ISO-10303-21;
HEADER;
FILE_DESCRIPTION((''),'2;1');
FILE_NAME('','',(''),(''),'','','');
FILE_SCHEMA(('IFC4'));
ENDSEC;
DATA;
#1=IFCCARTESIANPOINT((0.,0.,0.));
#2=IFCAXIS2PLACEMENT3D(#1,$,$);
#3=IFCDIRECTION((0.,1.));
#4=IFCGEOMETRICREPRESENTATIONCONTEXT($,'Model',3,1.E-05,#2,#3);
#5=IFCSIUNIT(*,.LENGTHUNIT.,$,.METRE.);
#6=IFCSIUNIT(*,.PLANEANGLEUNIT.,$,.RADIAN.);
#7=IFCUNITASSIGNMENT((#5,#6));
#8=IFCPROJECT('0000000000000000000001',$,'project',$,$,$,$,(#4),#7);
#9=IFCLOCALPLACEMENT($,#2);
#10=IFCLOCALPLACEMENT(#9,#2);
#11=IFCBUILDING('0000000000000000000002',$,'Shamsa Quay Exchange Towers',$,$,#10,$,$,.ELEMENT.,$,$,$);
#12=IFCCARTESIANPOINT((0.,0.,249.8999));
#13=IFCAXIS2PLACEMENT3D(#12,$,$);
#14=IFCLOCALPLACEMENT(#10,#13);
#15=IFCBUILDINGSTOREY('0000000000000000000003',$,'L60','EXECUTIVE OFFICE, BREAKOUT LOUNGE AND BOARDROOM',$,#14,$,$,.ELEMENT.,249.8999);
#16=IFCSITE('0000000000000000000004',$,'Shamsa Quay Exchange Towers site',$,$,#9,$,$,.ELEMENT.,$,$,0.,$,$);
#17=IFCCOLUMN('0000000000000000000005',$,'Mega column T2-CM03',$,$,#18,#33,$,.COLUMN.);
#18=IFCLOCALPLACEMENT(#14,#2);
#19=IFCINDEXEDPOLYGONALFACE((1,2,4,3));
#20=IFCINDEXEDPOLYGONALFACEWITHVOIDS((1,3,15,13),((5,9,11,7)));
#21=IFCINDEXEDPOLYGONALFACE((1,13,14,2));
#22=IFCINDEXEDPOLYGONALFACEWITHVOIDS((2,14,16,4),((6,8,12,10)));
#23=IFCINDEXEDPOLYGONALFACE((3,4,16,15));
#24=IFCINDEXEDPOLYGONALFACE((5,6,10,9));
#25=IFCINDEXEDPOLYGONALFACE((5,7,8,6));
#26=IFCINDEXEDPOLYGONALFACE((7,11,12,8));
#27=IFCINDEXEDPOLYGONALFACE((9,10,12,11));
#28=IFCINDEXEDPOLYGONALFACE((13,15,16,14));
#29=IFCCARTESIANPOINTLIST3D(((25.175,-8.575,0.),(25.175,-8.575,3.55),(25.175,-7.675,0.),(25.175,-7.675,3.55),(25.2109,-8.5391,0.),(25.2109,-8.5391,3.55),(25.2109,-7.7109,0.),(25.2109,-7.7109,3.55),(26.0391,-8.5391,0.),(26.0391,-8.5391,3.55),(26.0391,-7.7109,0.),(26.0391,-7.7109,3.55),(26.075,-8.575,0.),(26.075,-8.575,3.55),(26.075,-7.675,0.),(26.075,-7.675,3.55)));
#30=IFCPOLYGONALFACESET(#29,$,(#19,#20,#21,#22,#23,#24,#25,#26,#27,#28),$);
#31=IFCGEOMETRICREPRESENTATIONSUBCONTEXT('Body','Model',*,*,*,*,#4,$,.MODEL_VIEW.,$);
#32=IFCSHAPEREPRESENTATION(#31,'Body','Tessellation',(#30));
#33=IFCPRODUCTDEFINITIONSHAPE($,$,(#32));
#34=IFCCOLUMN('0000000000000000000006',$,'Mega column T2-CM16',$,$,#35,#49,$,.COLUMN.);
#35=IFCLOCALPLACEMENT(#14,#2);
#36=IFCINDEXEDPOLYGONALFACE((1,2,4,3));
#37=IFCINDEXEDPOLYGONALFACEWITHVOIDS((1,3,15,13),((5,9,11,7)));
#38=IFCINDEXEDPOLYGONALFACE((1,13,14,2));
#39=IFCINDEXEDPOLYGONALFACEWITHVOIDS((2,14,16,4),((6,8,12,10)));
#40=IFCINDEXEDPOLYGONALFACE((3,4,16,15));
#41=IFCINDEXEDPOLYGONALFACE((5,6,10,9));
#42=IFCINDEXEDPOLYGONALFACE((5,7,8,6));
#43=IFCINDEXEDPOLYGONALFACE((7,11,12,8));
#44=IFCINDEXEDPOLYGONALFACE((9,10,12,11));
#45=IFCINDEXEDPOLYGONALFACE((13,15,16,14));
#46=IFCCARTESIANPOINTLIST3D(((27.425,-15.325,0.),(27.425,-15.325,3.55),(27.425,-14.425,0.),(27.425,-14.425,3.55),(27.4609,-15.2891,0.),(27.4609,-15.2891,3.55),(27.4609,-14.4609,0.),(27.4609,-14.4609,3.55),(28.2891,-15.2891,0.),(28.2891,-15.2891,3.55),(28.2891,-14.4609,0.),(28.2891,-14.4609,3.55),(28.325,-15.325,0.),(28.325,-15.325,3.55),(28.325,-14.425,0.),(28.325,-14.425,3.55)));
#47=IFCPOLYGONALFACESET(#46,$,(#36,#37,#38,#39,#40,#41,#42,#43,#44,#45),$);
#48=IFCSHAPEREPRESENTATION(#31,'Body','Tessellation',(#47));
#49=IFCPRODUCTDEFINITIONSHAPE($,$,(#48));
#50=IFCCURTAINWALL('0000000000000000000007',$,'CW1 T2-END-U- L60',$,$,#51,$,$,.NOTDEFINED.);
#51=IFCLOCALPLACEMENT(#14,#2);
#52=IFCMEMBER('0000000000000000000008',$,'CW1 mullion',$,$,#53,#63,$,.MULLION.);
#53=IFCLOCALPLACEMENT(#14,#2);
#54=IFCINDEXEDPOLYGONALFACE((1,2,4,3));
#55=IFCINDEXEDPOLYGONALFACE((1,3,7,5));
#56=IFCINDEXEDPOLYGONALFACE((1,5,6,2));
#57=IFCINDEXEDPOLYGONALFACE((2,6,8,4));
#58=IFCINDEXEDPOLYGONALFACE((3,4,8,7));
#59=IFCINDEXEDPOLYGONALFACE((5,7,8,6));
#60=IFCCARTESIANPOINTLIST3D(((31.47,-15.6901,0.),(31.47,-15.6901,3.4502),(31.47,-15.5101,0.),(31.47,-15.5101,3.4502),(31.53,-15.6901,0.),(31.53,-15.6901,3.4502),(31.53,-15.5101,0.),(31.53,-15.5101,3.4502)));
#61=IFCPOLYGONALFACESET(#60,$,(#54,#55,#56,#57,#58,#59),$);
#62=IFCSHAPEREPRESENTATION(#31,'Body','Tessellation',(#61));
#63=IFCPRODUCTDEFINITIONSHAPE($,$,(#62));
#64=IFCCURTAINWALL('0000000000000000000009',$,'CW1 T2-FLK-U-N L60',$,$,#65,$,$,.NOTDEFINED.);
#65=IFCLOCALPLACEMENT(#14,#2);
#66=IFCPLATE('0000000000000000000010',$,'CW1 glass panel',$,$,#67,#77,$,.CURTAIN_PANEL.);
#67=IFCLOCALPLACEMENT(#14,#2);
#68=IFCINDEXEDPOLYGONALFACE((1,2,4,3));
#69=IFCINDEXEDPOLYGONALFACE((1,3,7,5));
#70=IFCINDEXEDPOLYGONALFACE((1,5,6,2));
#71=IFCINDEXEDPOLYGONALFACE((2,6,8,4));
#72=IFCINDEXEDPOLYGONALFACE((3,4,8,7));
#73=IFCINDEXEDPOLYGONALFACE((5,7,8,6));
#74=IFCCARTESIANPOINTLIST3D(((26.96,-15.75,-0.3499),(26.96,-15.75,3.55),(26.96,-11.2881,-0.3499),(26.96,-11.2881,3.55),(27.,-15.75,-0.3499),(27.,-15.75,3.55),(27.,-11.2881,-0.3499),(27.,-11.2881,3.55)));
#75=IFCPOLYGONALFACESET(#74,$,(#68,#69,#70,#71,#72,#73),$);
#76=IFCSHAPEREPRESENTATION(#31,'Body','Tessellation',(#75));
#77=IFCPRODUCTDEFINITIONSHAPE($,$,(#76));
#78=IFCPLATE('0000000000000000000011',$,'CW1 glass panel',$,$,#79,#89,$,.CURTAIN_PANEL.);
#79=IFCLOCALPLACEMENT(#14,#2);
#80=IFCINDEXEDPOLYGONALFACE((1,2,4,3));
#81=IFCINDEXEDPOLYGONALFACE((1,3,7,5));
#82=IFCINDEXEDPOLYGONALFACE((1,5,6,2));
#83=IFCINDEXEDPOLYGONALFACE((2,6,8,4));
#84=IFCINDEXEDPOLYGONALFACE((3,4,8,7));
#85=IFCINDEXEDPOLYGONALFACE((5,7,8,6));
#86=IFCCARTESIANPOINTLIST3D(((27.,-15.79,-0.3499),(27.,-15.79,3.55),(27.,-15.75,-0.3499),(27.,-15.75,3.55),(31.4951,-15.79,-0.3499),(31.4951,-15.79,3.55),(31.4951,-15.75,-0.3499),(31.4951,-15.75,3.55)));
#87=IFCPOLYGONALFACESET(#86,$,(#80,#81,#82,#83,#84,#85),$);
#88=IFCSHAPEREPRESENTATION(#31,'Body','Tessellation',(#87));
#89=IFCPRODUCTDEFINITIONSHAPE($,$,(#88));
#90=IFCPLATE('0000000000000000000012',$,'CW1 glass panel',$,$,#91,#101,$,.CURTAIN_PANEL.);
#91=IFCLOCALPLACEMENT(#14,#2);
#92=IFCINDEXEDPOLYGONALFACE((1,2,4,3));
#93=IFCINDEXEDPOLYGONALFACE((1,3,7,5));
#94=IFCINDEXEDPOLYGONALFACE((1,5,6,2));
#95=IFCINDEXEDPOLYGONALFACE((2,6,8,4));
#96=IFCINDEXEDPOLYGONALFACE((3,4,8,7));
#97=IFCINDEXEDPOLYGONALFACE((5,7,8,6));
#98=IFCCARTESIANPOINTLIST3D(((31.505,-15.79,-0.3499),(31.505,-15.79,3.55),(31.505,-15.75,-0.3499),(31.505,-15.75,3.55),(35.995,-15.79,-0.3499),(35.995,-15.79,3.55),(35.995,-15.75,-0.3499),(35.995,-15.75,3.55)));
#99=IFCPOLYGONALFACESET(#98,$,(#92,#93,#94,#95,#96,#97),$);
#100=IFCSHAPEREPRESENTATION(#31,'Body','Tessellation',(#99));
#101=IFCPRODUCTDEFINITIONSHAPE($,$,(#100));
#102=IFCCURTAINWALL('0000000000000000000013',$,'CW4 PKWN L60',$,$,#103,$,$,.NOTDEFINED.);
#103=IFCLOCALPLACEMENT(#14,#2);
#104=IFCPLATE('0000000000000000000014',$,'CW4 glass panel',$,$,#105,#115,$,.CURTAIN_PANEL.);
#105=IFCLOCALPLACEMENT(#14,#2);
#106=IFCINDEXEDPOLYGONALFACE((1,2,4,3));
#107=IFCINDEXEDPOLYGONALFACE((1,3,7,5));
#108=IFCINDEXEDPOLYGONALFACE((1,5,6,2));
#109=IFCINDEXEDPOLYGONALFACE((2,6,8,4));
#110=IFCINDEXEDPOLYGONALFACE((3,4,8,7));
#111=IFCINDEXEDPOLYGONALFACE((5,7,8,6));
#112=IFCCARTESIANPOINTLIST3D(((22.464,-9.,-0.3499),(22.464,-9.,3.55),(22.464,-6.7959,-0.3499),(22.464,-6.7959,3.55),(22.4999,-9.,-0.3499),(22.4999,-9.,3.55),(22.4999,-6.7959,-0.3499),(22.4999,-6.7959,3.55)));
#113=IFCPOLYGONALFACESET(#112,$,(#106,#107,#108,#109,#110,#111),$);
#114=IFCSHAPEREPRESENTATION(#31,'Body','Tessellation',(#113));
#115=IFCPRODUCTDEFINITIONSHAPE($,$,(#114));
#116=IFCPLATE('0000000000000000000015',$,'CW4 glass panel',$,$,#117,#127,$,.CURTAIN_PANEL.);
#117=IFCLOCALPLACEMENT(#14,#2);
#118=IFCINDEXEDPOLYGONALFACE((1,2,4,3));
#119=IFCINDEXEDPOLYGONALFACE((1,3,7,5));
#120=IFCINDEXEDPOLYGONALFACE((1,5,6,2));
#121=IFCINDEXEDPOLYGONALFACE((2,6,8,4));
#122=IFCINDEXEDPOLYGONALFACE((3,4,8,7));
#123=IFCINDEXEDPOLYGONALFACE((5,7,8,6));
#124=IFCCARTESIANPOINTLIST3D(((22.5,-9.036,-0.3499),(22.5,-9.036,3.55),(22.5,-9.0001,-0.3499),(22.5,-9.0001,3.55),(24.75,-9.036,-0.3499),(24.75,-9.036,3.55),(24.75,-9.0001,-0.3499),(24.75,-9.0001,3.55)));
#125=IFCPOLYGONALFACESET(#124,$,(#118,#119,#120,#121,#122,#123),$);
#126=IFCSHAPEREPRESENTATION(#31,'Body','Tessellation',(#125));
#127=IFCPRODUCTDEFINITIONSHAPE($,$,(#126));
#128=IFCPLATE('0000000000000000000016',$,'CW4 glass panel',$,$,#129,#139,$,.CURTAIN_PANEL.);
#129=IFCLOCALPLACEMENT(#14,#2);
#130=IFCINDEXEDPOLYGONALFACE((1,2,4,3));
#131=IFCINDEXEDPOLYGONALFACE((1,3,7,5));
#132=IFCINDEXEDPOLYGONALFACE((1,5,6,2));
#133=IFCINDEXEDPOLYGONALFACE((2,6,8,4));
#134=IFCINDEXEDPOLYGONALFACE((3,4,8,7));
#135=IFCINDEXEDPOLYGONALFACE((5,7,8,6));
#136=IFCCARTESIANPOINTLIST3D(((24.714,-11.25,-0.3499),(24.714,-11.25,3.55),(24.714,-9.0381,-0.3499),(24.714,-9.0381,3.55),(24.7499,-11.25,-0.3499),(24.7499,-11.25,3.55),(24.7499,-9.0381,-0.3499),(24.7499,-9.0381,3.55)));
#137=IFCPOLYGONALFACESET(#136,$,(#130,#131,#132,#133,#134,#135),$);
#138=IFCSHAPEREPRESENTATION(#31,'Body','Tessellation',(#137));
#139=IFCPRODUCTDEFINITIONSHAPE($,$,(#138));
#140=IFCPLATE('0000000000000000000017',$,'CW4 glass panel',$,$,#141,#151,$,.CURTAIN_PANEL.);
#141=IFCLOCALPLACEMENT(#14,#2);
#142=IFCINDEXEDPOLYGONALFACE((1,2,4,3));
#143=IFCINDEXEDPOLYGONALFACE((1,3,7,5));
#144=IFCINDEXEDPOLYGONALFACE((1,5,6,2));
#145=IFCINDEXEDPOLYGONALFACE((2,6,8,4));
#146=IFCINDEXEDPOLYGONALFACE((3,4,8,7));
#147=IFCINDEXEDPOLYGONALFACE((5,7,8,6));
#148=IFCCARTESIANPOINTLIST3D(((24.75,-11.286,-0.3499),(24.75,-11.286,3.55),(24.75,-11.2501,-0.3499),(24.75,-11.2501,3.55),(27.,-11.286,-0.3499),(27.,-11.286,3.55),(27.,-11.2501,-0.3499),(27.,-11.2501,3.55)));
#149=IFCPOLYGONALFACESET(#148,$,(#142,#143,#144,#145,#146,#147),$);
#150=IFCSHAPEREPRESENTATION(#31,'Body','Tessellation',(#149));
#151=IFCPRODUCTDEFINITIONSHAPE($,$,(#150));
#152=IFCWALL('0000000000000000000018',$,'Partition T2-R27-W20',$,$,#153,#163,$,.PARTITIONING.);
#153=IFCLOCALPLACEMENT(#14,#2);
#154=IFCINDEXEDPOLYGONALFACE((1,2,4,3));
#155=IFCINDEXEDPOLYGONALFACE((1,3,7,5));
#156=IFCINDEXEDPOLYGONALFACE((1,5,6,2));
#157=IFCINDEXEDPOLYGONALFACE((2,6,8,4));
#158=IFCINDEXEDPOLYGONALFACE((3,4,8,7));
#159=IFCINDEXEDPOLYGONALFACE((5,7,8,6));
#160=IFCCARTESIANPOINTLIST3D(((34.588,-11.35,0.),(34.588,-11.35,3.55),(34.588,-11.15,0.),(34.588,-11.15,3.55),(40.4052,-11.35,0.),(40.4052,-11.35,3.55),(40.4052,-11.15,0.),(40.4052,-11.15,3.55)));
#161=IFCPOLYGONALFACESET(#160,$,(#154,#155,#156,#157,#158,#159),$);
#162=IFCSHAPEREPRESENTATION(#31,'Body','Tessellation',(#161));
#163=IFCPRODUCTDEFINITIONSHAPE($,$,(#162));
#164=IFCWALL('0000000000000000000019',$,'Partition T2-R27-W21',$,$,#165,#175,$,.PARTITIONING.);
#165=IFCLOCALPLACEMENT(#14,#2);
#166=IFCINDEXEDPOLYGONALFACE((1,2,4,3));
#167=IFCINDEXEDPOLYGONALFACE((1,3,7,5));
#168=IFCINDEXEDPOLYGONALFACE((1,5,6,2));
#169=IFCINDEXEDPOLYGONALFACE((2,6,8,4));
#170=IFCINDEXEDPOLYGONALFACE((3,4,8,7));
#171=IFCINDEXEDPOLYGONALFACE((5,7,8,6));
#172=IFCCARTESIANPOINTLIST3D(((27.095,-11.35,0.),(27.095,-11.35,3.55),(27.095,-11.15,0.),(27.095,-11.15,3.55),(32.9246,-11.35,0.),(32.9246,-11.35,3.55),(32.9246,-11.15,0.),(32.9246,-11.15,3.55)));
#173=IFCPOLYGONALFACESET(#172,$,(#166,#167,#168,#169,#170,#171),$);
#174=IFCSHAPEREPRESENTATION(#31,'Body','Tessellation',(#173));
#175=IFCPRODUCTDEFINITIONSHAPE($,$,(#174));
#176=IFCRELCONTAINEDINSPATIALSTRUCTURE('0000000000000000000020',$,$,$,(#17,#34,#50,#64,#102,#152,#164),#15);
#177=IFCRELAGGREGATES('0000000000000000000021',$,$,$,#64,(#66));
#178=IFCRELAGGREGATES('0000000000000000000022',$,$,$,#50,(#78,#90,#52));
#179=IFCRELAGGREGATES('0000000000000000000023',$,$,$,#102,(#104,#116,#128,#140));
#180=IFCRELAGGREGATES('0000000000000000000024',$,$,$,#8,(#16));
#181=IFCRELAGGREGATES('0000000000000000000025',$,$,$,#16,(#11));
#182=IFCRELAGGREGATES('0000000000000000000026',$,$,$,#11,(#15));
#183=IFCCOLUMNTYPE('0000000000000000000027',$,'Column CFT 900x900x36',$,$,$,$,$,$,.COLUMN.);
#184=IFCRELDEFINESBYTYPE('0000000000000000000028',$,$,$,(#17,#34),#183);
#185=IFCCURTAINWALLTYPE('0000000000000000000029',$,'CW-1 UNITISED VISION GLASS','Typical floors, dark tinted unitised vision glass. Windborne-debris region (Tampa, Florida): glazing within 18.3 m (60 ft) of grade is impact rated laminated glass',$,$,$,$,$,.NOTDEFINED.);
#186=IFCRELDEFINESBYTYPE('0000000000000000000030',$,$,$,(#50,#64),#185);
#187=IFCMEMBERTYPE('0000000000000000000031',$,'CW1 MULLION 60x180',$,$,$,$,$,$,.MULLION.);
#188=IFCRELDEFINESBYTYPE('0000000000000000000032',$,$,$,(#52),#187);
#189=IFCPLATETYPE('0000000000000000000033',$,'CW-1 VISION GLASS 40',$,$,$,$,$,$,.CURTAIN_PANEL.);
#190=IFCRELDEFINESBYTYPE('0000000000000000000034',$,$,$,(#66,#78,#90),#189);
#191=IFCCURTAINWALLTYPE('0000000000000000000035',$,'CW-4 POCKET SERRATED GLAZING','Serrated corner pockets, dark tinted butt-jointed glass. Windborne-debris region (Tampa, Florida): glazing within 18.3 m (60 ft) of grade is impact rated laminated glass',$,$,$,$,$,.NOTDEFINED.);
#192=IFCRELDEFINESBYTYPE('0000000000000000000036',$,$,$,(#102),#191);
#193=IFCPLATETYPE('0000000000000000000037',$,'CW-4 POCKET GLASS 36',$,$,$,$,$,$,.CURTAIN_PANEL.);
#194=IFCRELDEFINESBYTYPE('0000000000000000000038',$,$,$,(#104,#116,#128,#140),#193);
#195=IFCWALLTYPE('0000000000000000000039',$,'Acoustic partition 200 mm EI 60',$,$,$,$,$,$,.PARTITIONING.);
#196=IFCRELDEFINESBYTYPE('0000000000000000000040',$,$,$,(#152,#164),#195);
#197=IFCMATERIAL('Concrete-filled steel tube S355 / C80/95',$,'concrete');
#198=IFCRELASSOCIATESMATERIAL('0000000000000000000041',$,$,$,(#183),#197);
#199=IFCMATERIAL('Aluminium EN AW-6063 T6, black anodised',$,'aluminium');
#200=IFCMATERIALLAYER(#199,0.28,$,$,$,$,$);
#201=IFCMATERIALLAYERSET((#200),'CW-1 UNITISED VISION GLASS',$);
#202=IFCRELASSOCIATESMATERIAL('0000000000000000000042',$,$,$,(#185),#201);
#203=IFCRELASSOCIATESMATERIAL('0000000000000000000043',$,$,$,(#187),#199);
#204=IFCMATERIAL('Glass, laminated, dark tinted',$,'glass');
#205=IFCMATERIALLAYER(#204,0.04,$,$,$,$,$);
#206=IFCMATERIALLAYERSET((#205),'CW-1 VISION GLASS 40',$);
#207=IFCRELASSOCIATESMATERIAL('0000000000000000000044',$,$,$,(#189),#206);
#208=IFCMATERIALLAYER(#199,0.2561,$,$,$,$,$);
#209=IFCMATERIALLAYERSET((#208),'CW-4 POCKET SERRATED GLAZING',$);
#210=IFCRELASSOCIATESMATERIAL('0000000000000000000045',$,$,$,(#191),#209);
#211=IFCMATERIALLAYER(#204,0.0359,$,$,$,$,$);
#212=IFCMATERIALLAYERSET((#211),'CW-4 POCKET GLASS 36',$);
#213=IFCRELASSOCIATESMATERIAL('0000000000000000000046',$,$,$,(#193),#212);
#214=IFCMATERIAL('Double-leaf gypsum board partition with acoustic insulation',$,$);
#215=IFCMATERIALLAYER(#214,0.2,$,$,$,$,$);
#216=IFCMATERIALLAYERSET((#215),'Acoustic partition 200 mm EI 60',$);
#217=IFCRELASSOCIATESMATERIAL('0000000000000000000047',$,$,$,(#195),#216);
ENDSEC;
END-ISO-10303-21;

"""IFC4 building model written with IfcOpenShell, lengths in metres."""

from ifc_helpers import new_model, si_unit, direction, frame, frame_2d, origin, origin_2d, place, context, subcontext, project, spatial, rectangle, hollow_rectangle, extrude, material, layer, layer_set, material_profile, profile_set, type_object, element, aggregate, save


model = new_model("IFC4")

# Units and contexts
model_context = context("Model", 3, precision=1e-05, world=origin(), true_north=direction((0.0, 1.0)))
body_context = subcontext(model_context, "Body", "Model", "MODEL_VIEW")
ifc_project = project(units=[si_unit("LENGTHUNIT", "METRE"), si_unit("PLANEANGLEUNIT", "RADIAN")], contexts=[model_context])

# Site, building, storey
site_placement = place(None, origin())
site = spatial("IfcSite", under=ifc_project, at=site_placement, Name="Shamsa Quay Exchange Towers site", CompositionType="ELEMENT", RefElevation=0.0)
building_placement = place(site_placement, origin())
building = spatial("IfcBuilding", under=site, at=building_placement, Name="Shamsa Quay Exchange Towers", CompositionType="ELEMENT")
storey_placement = place(building_placement, frame((0.0, 0.0, 249.8999)))
storey = spatial("IfcBuildingStorey", under=building, at=storey_placement, Name="L60", Description="EXECUTIVE OFFICE, BREAKOUT LOUNGE AND BOARDROOM", CompositionType="ELEMENT", Elevation=249.8999)

# Columns
ifc_material_1 = material(Name="Concrete-filled steel tube S355 / C80/95", Category="concrete")
ifc_material_profile_1 = material_profile(ifc_material_1, hollow_rectangle(XDim=0.8999, YDim=0.8999, WallThickness=0.0359, at=origin_2d()), Name="CFT 900x900x36")
ifc_profile_set_1 = profile_set([ifc_material_profile_1], Name="Concrete-filled steel tube S355 / C80/95")
column_type = type_object("IfcColumnType", Name="Column CFT 900x900x36", PredefinedType="COLUMN", material=ifc_profile_set_1)
for number, where, name in (
    (1, (25.625, -8.125, 0.0), "Mega column T2-CM03"),
    (2, (27.875, -14.875, 0.0), "Mega column T2-CM16"),
):
    element("IfcColumn", number, at=place(storey_placement, frame(where)), inside=storey, type_object=column_type, Name=name, PredefinedType="COLUMN", context=body_context, shape_type="SweptSolid", body=[
        extrude(hollow_rectangle(XDim=0.8999, YDim=0.8999, WallThickness=0.0359, at=origin_2d()), origin(), (0.0, 0.0, 1.0), 3.55),
    ])

# Curtain wall, member
ifc_material_2 = material(Name="Aluminium EN AW-6063 T6, black anodised", Category="aluminium")
ifc_layer_1 = layer(ifc_material_2, 0.28)
ifc_layer_set_1 = layer_set([ifc_layer_1], Name="CW-1 UNITISED VISION GLASS")
curtain_wall_type_1 = type_object("IfcCurtainWallType", Name="CW-1 UNITISED VISION GLASS", Description="Typical floors, dark tinted unitised vision glass. Windborne-debris region (Tampa, Florida): glazing within 18.3 m (60 ft) of grade is impact rated laminated glass", PredefinedType="NOTDEFINED", material=ifc_layer_set_1)
curtain_wall_1_placement = place(storey_placement, origin())
curtain_wall_1 = element("IfcCurtainWall", 3, at=curtain_wall_1_placement, inside=storey, type_object=curtain_wall_type_1, Name="CW1 T2-END-U- L60", PredefinedType="NOTDEFINED")
ifc_material_profile_2 = material_profile(ifc_material_2, rectangle(XDim=0.1799, YDim=0.0601, at=origin_2d()), Name="MU60x180")
ifc_profile_set_2 = profile_set([ifc_material_profile_2], Name="Aluminium EN AW-6063 T6, black anodised")
member_type = type_object("IfcMemberType", Name="CW1 MULLION 60x180", PredefinedType="MULLION", material=ifc_profile_set_2)
member_placement = place(storey_placement, frame((31.5, -15.6001, 0.0), z_axis=(0.0, 0.0, 1.0), x_axis=(0.0, 1.0, 0.0)))
member = element("IfcMember", 4, at=member_placement, type_object=member_type, Name="CW1 mullion", PredefinedType="MULLION", context=body_context, shape_type="SweptSolid", body=[
    extrude(rectangle(XDim=0.1799, YDim=0.0601, at=origin_2d()), origin(), (0.0, 0.0, 1.0), 3.4502),
])

# Curtain wall, plate
curtain_wall_2_placement = place(storey_placement, origin())
curtain_wall_2 = element("IfcCurtainWall", 5, at=curtain_wall_2_placement, inside=storey, type_object=curtain_wall_type_1, Name="CW1 T2-FLK-U-N L60", PredefinedType="NOTDEFINED")
ifc_material_3 = material(Name="Glass, laminated, dark tinted", Category="glass")
ifc_layer_2 = layer(ifc_material_3, 0.04)
ifc_layer_set_2 = layer_set([ifc_layer_2], Name="CW-1 VISION GLASS 40")
plate_type_1 = type_object("IfcPlateType", Name="CW-1 VISION GLASS 40", PredefinedType="CURTAIN_PANEL", material=ifc_layer_set_2)
plate_1_placement = place(storey_placement, frame((26.98, -13.519, -0.3499), z_axis=(0.0, 0.0, 1.0), x_axis=(0.0, -1.0, 0.0)))
plate_1 = element("IfcPlate", 6, at=plate_1_placement, type_object=plate_type_1, Name="CW1 glass panel", PredefinedType="CURTAIN_PANEL", context=body_context, shape_type="SweptSolid", body=[
    extrude(rectangle(XDim=4.4619, YDim=0.04, at=origin_2d()), origin(), (0.0, 0.0, 1.0), 3.8999),
])
aggregate(curtain_wall_2, [plate_1])

# Plates
plate_2_placement = place(storey_placement, frame((29.2476, -15.77, -0.3499)))
plate_2 = element("IfcPlate", 7, at=plate_2_placement, type_object=plate_type_1, Name="CW1 glass panel", PredefinedType="CURTAIN_PANEL", context=body_context, shape_type="SweptSolid", body=[
    extrude(rectangle(XDim=4.4951, YDim=0.04, at=origin_2d()), origin(), (0.0, 0.0, 1.0), 3.8999),
])
plate_3_placement = place(storey_placement, frame((33.75, -15.77, -0.3499)))
plate_3 = element("IfcPlate", 8, at=plate_3_placement, type_object=plate_type_1, Name="CW1 glass panel", PredefinedType="CURTAIN_PANEL", context=body_context, shape_type="SweptSolid", body=[
    extrude(rectangle(XDim=4.49, YDim=0.04, at=origin_2d()), origin(), (0.0, 0.0, 1.0), 3.8999),
])
aggregate(curtain_wall_1, [plate_2, plate_3, member])

# Curtain wall, plates
ifc_layer_3 = layer(ifc_material_2, 0.2561)
ifc_layer_set_3 = layer_set([ifc_layer_3], Name="CW-4 POCKET SERRATED GLAZING")
curtain_wall_type_2 = type_object("IfcCurtainWallType", Name="CW-4 POCKET SERRATED GLAZING", Description="Serrated corner pockets, dark tinted butt-jointed glass. Windborne-debris region (Tampa, Florida): glazing within 18.3 m (60 ft) of grade is impact rated laminated glass", PredefinedType="NOTDEFINED", material=ifc_layer_set_3)
curtain_wall_3_placement = place(storey_placement, origin())
curtain_wall_3 = element("IfcCurtainWall", 9, at=curtain_wall_3_placement, inside=storey, type_object=curtain_wall_type_2, Name="CW4 PKWN L60", PredefinedType="NOTDEFINED")
ifc_layer_4 = layer(ifc_material_3, 0.0359)
ifc_layer_set_4 = layer_set([ifc_layer_4], Name="CW-4 POCKET GLASS 36")
plate_type_2 = type_object("IfcPlateType", Name="CW-4 POCKET GLASS 36", PredefinedType="CURTAIN_PANEL", material=ifc_layer_set_4)
plate_4_placement = place(storey_placement, frame((22.4819, -7.8979, -0.3499), z_axis=(0.0, 0.0, 1.0), x_axis=(0.0, -1.0, 0.0)))
plate_4 = element("IfcPlate", 10, at=plate_4_placement, type_object=plate_type_2, Name="CW4 glass panel", PredefinedType="CURTAIN_PANEL", context=body_context, shape_type="SweptSolid", body=[
    extrude(rectangle(XDim=2.2041, YDim=0.0359, at=origin_2d()), origin(), (0.0, 0.0, 1.0), 3.8999),
])
plate_5_placement = place(storey_placement, frame((23.625, -9.0181, -0.3499)))
plate_5 = element("IfcPlate", 11, at=plate_5_placement, type_object=plate_type_2, Name="CW4 glass panel", PredefinedType="CURTAIN_PANEL", context=body_context, shape_type="SweptSolid", body=[
    extrude(rectangle(XDim=2.25, YDim=0.0359, at=origin_2d()), origin(), (0.0, 0.0, 1.0), 3.8999),
])
plate_6_placement = place(storey_placement, frame((24.7319, -10.144, -0.3499), z_axis=(0.0, 0.0, 1.0), x_axis=(0.0, -1.0, 0.0)))
plate_6 = element("IfcPlate", 12, at=plate_6_placement, type_object=plate_type_2, Name="CW4 glass panel", PredefinedType="CURTAIN_PANEL", context=body_context, shape_type="SweptSolid", body=[
    extrude(rectangle(XDim=2.2119, YDim=0.0359, at=origin_2d()), origin(), (0.0, 0.0, 1.0), 3.8999),
])
plate_7_placement = place(storey_placement, frame((25.875, -11.2681, -0.3499)))
plate_7 = element("IfcPlate", 13, at=plate_7_placement, type_object=plate_type_2, Name="CW4 glass panel", PredefinedType="CURTAIN_PANEL", context=body_context, shape_type="SweptSolid", body=[
    extrude(rectangle(XDim=2.25, YDim=0.0359, at=origin_2d()), origin(), (0.0, 0.0, 1.0), 3.8999),
])
aggregate(curtain_wall_3, [plate_4, plate_5, plate_6, plate_7])

# Walls
ifc_material_4 = material(Name="Double-leaf gypsum board partition with acoustic insulation")
ifc_layer_5 = layer(ifc_material_4, 0.2)
ifc_layer_set_5 = layer_set([ifc_layer_5], Name="Acoustic partition 200 mm EI 60")
wall_type_1 = type_object("IfcWallType", Name="Acoustic partition 200 mm EI 60", PredefinedType="PARTITIONING", material=ifc_layer_set_5)
wall_1_placement = place(storey_placement, frame((34.5879, -11.25, 0.0)))
element("IfcWall", 14, at=wall_1_placement, inside=storey, type_object=wall_type_1, Name="Partition T2-R27-W20", PredefinedType="PARTITIONING", context=body_context, shape_type="SweptSolid", body=[
    extrude(rectangle(XDim=5.8171, YDim=0.2, at=frame_2d((2.9087, 0.0))), origin(), (0.0, 0.0, 1.0), 3.55),
])
wall_2_placement = place(storey_placement, frame((27.095, -11.25, 0.0)))
element("IfcWall", 15, at=wall_2_placement, inside=storey, type_object=wall_type_1, Name="Partition T2-R27-W21", PredefinedType="PARTITIONING", context=body_context, shape_type="SweptSolid", body=[
    extrude(rectangle(XDim=5.8296, YDim=0.2, at=frame_2d((2.9148, 0.0))), origin(), (0.0, 0.0, 1.0), 3.55),
])

save(model, "model.ifc")
